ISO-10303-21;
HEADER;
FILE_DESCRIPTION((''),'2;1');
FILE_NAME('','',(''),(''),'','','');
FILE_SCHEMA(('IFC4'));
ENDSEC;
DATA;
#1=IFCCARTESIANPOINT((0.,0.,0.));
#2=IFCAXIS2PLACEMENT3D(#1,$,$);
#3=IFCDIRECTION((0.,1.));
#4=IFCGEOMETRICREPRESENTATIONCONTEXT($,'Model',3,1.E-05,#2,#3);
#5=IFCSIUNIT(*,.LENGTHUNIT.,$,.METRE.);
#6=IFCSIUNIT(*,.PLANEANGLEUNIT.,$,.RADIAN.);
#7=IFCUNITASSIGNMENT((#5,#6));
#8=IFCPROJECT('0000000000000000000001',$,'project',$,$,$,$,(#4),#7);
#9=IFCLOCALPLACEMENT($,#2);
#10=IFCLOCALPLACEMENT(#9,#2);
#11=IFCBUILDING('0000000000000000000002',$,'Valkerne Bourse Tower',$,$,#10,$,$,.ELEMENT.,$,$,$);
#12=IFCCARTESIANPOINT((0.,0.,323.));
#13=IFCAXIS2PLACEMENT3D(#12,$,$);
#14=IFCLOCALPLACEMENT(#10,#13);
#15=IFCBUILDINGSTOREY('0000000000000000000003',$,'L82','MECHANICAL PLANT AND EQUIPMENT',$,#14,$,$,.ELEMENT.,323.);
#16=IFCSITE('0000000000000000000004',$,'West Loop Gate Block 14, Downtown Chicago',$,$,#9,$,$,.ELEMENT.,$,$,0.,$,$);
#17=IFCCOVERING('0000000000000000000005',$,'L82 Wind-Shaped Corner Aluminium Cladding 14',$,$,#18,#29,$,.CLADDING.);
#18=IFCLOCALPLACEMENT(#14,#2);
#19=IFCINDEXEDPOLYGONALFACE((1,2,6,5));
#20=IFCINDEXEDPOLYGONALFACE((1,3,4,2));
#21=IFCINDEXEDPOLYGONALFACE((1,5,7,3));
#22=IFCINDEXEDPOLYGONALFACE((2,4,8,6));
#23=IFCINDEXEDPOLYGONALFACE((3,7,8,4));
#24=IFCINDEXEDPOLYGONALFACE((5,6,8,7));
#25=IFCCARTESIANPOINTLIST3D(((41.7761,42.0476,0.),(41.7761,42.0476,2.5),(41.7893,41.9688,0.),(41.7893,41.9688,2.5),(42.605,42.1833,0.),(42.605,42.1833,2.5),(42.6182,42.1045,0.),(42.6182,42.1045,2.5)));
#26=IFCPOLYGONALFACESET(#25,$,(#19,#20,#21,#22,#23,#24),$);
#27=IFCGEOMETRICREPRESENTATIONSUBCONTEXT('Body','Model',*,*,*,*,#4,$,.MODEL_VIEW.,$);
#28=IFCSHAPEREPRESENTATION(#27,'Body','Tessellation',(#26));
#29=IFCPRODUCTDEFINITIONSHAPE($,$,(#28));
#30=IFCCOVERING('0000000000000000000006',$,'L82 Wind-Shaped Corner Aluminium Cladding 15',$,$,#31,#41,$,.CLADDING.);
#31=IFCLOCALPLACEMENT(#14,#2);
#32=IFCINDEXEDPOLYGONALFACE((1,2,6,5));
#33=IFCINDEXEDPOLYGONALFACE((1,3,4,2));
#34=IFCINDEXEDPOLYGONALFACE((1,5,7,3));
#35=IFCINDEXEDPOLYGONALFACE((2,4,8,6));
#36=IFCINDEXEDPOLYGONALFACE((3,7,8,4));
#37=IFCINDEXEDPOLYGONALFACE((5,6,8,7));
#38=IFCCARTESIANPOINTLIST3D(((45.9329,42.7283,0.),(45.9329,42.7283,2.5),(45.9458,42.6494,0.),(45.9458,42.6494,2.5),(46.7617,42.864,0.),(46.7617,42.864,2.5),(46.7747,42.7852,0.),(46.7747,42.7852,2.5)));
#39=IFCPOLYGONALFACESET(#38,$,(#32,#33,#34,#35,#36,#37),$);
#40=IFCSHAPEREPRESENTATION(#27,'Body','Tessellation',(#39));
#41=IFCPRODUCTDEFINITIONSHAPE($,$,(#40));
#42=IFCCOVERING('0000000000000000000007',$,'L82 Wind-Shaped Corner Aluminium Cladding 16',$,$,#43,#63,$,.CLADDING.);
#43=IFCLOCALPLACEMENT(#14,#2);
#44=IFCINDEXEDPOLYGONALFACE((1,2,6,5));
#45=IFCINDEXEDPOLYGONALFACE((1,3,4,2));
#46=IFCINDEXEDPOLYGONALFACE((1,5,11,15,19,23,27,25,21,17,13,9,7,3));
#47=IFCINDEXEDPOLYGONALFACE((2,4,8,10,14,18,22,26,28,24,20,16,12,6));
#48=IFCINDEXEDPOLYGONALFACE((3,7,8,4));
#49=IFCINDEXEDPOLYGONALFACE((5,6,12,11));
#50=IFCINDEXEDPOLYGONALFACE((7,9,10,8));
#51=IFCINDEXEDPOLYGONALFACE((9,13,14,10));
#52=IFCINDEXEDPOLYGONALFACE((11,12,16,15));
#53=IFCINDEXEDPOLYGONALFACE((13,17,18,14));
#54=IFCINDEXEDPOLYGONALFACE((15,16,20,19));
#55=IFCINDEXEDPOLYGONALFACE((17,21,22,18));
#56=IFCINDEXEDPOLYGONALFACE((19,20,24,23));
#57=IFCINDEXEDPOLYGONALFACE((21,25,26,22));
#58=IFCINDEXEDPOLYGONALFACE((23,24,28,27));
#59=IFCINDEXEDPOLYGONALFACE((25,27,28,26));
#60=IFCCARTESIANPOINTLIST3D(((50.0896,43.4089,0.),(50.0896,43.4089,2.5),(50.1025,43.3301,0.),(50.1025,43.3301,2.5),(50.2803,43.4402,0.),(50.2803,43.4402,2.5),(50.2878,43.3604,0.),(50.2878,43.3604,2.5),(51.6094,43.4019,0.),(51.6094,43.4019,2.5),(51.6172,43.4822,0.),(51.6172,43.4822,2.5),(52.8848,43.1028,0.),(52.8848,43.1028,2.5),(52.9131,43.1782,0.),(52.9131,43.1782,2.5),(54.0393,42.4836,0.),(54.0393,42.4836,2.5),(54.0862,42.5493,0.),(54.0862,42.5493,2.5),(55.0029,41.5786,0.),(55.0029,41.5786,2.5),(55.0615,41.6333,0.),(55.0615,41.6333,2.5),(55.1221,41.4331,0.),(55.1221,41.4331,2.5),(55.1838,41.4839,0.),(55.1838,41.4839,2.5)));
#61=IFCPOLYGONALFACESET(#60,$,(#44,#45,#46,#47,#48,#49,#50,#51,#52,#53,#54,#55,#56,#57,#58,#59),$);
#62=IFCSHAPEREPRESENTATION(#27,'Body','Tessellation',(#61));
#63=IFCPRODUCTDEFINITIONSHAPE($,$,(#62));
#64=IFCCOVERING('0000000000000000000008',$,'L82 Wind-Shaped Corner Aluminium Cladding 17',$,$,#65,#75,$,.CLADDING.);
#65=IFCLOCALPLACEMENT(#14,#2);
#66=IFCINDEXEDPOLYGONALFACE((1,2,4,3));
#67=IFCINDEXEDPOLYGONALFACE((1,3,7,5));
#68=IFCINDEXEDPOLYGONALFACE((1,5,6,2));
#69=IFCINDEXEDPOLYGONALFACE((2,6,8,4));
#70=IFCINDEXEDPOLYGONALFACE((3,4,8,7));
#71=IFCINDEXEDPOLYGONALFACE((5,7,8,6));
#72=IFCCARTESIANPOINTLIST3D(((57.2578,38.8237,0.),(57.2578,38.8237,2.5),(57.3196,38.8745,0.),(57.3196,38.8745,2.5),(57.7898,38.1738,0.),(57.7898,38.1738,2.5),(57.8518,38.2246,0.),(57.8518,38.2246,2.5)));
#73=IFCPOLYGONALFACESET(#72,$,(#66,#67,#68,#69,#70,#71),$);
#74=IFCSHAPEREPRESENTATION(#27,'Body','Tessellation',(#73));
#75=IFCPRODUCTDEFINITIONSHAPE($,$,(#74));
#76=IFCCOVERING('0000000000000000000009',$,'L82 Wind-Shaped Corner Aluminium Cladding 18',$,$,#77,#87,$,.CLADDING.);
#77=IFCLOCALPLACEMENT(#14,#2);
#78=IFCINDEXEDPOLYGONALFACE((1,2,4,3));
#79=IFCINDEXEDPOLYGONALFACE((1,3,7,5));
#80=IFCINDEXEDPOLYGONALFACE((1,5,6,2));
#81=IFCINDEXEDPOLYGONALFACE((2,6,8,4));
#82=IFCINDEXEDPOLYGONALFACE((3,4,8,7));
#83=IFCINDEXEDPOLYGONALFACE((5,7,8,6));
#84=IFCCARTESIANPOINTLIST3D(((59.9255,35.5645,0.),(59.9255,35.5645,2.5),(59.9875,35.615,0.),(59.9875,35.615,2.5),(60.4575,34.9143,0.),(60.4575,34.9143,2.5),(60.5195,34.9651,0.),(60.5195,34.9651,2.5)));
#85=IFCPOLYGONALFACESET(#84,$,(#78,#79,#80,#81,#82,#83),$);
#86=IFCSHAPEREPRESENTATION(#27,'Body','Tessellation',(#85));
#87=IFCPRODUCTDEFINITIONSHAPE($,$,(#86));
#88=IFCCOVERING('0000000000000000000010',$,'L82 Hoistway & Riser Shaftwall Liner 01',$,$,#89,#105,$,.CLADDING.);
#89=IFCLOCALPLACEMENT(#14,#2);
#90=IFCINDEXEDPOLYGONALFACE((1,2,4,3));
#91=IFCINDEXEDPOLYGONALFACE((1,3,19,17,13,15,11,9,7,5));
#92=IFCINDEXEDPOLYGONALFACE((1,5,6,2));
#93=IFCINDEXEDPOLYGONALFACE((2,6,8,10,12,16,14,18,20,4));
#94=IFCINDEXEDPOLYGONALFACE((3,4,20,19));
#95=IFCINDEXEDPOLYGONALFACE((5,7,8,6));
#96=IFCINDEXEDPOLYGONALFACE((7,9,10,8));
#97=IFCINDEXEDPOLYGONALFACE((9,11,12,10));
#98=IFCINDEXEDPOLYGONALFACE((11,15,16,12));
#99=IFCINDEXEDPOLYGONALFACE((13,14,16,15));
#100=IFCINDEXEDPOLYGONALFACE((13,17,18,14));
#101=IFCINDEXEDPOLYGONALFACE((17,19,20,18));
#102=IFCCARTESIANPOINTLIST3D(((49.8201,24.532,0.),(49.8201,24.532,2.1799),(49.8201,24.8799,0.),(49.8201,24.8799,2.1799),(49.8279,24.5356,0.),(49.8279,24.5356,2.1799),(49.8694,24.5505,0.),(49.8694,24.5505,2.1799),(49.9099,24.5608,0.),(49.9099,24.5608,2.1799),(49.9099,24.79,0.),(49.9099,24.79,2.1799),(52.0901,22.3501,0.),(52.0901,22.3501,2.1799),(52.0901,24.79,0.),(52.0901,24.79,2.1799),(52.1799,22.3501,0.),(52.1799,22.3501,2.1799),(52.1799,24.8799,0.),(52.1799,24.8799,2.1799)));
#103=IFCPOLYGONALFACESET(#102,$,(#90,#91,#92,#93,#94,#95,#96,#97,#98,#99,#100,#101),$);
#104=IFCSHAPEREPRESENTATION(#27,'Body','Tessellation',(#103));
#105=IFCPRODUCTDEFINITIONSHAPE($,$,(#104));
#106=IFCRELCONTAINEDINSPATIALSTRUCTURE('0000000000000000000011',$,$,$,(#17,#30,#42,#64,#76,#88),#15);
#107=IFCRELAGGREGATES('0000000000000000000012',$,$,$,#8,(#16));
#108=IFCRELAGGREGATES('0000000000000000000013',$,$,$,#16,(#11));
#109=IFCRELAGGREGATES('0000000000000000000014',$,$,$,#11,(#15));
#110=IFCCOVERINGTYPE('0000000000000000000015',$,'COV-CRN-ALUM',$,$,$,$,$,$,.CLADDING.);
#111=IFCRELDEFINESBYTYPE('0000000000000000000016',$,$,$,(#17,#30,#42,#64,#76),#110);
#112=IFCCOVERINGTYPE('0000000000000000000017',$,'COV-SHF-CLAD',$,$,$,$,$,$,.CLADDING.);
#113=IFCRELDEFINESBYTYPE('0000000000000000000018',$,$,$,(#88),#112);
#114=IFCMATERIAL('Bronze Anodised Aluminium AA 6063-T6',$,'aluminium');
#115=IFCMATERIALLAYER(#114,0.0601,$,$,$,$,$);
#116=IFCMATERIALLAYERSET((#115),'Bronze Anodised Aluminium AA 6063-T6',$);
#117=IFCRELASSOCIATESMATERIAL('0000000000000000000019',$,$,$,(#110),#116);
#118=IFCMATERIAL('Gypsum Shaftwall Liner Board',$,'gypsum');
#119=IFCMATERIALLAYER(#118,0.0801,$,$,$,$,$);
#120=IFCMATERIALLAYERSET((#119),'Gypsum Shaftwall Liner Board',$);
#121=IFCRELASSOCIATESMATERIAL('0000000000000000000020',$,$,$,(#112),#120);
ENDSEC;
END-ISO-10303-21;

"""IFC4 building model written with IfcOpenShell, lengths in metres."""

from ifc_helpers import new_model, si_unit, direction, frame, origin, place, context, subcontext, project, spatial, polyline, outline, extrude, material, layer, layer_set, type_object, element, save


model = new_model("IFC4")

# Units and contexts
model_context = context("Model", 3, precision=1e-05, world=origin(), true_north=direction((0.0, 1.0)))
body_context = subcontext(model_context, "Body", "Model", "MODEL_VIEW")
ifc_project = project(units=[si_unit("LENGTHUNIT", "METRE"), si_unit("PLANEANGLEUNIT", "RADIAN")], contexts=[model_context])

# Site, building, storey
site_placement = place(None, origin())
site = spatial("IfcSite", under=ifc_project, at=site_placement, Name="West Loop Gate Block 14, Downtown Chicago", CompositionType="ELEMENT", RefElevation=0.0)
building_placement = place(site_placement, origin())
building = spatial("IfcBuilding", under=site, at=building_placement, Name="Valkerne Bourse Tower", CompositionType="ELEMENT")
storey_placement = place(building_placement, frame((0.0, 0.0, 323.0)))
storey = spatial("IfcBuildingStorey", under=building, at=storey_placement, Name="L82", Description="MECHANICAL PLANT AND EQUIPMENT", CompositionType="ELEMENT", Elevation=323.0)

# Coverings
ifc_material_1 = material(Name="Bronze Anodised Aluminium AA 6063-T6", Category="aluminium")
ifc_layer_1 = layer(ifc_material_1, 0.0601)
ifc_layer_set_1 = layer_set([ifc_layer_1], Name="Bronze Anodised Aluminium AA 6063-T6")
covering_type_1 = type_object("IfcCoveringType", Name="COV-CRN-ALUM", PredefinedType="CLADDING", material=ifc_layer_set_1)
covering_1_placement = place(storey_placement, origin())
element("IfcCovering", 1, at=covering_1_placement, inside=storey, type_object=covering_type_1, Name="L82 Wind-Shaped Corner Aluminium Cladding 14", PredefinedType="CLADDING", context=body_context, shape_type="SweptSolid", body=[
    extrude(outline(polyline([(42.605, 42.1833), (42.6182, 42.1045), (41.7893, 41.9688), (41.7761, 42.0476), (42.605, 42.1833)])), origin(), (0.0, 0.0, 1.0), 2.5),
])
covering_2_placement = place(storey_placement, origin())
element("IfcCovering", 2, at=covering_2_placement, inside=storey, type_object=covering_type_1, Name="L82 Wind-Shaped Corner Aluminium Cladding 15", PredefinedType="CLADDING", context=body_context, shape_type="SweptSolid", body=[
    extrude(outline(polyline([(46.7617, 42.864), (46.7747, 42.7852), (45.9458, 42.6494), (45.9329, 42.7283), (46.7617, 42.864)])), origin(), (0.0, 0.0, 1.0), 2.5),
])
covering_3_placement = place(storey_placement, origin())
element("IfcCovering", 3, at=covering_3_placement, inside=storey, type_object=covering_type_1, Name="L82 Wind-Shaped Corner Aluminium Cladding 16", PredefinedType="CLADDING", context=body_context, shape_type="SweptSolid", body=[
    extrude(outline(polyline([(50.2803, 43.4402), (51.6172, 43.4822), (52.9131, 43.1782), (54.0862, 42.5493), (55.0615, 41.6333), (55.1838, 41.4839), (55.1221, 41.4331), (55.0029, 41.5786), (54.0393, 42.4836), (52.8848, 43.1028), (51.6094, 43.4019), (50.2878, 43.3604), (50.1025, 43.3301), (50.0896, 43.4089), (50.2803, 43.4402)])), origin(), (0.0, 0.0, 1.0), 2.5),
])
covering_4_placement = place(storey_placement, origin())
element("IfcCovering", 4, at=covering_4_placement, inside=storey, type_object=covering_type_1, Name="L82 Wind-Shaped Corner Aluminium Cladding 17", PredefinedType="CLADDING", context=body_context, shape_type="SweptSolid", body=[
    extrude(outline(polyline([(57.8518, 38.2246), (57.7898, 38.1738), (57.2578, 38.8237), (57.3196, 38.8745), (57.8518, 38.2246)])), origin(), (0.0, 0.0, 1.0), 2.5),
])
covering_5_placement = place(storey_placement, origin())
element("IfcCovering", 5, at=covering_5_placement, inside=storey, type_object=covering_type_1, Name="L82 Wind-Shaped Corner Aluminium Cladding 18", PredefinedType="CLADDING", context=body_context, shape_type="SweptSolid", body=[
    extrude(outline(polyline([(60.5195, 34.9651), (60.4575, 34.9143), (59.9255, 35.5645), (59.9875, 35.615), (60.5195, 34.9651)])), origin(), (0.0, 0.0, 1.0), 2.5),
])
ifc_material_2 = material(Name="Gypsum Shaftwall Liner Board", Category="gypsum")
ifc_layer_2 = layer(ifc_material_2, 0.0801)
ifc_layer_set_2 = layer_set([ifc_layer_2], Name="Gypsum Shaftwall Liner Board")
covering_type_2 = type_object("IfcCoveringType", Name="COV-SHF-CLAD", PredefinedType="CLADDING", material=ifc_layer_set_2)
covering_6_placement = place(storey_placement, origin())
element("IfcCovering", 6, at=covering_6_placement, inside=storey, type_object=covering_type_2, Name="L82 Hoistway & Riser Shaftwall Liner 01", PredefinedType="CLADDING", context=body_context, shape_type="SweptSolid", body=[
    extrude(outline(polyline([(52.1799, 24.8799), (52.1799, 22.3501), (52.0901, 22.3501), (52.0901, 24.79), (49.9099, 24.79), (49.9099, 24.5608), (49.8694, 24.5505), (49.8279, 24.5356), (49.8201, 24.532), (49.8201, 24.8799), (52.1799, 24.8799)])), origin(), (0.0, 0.0, 1.0), 2.1799),
])

save(model, "model.ifc")
